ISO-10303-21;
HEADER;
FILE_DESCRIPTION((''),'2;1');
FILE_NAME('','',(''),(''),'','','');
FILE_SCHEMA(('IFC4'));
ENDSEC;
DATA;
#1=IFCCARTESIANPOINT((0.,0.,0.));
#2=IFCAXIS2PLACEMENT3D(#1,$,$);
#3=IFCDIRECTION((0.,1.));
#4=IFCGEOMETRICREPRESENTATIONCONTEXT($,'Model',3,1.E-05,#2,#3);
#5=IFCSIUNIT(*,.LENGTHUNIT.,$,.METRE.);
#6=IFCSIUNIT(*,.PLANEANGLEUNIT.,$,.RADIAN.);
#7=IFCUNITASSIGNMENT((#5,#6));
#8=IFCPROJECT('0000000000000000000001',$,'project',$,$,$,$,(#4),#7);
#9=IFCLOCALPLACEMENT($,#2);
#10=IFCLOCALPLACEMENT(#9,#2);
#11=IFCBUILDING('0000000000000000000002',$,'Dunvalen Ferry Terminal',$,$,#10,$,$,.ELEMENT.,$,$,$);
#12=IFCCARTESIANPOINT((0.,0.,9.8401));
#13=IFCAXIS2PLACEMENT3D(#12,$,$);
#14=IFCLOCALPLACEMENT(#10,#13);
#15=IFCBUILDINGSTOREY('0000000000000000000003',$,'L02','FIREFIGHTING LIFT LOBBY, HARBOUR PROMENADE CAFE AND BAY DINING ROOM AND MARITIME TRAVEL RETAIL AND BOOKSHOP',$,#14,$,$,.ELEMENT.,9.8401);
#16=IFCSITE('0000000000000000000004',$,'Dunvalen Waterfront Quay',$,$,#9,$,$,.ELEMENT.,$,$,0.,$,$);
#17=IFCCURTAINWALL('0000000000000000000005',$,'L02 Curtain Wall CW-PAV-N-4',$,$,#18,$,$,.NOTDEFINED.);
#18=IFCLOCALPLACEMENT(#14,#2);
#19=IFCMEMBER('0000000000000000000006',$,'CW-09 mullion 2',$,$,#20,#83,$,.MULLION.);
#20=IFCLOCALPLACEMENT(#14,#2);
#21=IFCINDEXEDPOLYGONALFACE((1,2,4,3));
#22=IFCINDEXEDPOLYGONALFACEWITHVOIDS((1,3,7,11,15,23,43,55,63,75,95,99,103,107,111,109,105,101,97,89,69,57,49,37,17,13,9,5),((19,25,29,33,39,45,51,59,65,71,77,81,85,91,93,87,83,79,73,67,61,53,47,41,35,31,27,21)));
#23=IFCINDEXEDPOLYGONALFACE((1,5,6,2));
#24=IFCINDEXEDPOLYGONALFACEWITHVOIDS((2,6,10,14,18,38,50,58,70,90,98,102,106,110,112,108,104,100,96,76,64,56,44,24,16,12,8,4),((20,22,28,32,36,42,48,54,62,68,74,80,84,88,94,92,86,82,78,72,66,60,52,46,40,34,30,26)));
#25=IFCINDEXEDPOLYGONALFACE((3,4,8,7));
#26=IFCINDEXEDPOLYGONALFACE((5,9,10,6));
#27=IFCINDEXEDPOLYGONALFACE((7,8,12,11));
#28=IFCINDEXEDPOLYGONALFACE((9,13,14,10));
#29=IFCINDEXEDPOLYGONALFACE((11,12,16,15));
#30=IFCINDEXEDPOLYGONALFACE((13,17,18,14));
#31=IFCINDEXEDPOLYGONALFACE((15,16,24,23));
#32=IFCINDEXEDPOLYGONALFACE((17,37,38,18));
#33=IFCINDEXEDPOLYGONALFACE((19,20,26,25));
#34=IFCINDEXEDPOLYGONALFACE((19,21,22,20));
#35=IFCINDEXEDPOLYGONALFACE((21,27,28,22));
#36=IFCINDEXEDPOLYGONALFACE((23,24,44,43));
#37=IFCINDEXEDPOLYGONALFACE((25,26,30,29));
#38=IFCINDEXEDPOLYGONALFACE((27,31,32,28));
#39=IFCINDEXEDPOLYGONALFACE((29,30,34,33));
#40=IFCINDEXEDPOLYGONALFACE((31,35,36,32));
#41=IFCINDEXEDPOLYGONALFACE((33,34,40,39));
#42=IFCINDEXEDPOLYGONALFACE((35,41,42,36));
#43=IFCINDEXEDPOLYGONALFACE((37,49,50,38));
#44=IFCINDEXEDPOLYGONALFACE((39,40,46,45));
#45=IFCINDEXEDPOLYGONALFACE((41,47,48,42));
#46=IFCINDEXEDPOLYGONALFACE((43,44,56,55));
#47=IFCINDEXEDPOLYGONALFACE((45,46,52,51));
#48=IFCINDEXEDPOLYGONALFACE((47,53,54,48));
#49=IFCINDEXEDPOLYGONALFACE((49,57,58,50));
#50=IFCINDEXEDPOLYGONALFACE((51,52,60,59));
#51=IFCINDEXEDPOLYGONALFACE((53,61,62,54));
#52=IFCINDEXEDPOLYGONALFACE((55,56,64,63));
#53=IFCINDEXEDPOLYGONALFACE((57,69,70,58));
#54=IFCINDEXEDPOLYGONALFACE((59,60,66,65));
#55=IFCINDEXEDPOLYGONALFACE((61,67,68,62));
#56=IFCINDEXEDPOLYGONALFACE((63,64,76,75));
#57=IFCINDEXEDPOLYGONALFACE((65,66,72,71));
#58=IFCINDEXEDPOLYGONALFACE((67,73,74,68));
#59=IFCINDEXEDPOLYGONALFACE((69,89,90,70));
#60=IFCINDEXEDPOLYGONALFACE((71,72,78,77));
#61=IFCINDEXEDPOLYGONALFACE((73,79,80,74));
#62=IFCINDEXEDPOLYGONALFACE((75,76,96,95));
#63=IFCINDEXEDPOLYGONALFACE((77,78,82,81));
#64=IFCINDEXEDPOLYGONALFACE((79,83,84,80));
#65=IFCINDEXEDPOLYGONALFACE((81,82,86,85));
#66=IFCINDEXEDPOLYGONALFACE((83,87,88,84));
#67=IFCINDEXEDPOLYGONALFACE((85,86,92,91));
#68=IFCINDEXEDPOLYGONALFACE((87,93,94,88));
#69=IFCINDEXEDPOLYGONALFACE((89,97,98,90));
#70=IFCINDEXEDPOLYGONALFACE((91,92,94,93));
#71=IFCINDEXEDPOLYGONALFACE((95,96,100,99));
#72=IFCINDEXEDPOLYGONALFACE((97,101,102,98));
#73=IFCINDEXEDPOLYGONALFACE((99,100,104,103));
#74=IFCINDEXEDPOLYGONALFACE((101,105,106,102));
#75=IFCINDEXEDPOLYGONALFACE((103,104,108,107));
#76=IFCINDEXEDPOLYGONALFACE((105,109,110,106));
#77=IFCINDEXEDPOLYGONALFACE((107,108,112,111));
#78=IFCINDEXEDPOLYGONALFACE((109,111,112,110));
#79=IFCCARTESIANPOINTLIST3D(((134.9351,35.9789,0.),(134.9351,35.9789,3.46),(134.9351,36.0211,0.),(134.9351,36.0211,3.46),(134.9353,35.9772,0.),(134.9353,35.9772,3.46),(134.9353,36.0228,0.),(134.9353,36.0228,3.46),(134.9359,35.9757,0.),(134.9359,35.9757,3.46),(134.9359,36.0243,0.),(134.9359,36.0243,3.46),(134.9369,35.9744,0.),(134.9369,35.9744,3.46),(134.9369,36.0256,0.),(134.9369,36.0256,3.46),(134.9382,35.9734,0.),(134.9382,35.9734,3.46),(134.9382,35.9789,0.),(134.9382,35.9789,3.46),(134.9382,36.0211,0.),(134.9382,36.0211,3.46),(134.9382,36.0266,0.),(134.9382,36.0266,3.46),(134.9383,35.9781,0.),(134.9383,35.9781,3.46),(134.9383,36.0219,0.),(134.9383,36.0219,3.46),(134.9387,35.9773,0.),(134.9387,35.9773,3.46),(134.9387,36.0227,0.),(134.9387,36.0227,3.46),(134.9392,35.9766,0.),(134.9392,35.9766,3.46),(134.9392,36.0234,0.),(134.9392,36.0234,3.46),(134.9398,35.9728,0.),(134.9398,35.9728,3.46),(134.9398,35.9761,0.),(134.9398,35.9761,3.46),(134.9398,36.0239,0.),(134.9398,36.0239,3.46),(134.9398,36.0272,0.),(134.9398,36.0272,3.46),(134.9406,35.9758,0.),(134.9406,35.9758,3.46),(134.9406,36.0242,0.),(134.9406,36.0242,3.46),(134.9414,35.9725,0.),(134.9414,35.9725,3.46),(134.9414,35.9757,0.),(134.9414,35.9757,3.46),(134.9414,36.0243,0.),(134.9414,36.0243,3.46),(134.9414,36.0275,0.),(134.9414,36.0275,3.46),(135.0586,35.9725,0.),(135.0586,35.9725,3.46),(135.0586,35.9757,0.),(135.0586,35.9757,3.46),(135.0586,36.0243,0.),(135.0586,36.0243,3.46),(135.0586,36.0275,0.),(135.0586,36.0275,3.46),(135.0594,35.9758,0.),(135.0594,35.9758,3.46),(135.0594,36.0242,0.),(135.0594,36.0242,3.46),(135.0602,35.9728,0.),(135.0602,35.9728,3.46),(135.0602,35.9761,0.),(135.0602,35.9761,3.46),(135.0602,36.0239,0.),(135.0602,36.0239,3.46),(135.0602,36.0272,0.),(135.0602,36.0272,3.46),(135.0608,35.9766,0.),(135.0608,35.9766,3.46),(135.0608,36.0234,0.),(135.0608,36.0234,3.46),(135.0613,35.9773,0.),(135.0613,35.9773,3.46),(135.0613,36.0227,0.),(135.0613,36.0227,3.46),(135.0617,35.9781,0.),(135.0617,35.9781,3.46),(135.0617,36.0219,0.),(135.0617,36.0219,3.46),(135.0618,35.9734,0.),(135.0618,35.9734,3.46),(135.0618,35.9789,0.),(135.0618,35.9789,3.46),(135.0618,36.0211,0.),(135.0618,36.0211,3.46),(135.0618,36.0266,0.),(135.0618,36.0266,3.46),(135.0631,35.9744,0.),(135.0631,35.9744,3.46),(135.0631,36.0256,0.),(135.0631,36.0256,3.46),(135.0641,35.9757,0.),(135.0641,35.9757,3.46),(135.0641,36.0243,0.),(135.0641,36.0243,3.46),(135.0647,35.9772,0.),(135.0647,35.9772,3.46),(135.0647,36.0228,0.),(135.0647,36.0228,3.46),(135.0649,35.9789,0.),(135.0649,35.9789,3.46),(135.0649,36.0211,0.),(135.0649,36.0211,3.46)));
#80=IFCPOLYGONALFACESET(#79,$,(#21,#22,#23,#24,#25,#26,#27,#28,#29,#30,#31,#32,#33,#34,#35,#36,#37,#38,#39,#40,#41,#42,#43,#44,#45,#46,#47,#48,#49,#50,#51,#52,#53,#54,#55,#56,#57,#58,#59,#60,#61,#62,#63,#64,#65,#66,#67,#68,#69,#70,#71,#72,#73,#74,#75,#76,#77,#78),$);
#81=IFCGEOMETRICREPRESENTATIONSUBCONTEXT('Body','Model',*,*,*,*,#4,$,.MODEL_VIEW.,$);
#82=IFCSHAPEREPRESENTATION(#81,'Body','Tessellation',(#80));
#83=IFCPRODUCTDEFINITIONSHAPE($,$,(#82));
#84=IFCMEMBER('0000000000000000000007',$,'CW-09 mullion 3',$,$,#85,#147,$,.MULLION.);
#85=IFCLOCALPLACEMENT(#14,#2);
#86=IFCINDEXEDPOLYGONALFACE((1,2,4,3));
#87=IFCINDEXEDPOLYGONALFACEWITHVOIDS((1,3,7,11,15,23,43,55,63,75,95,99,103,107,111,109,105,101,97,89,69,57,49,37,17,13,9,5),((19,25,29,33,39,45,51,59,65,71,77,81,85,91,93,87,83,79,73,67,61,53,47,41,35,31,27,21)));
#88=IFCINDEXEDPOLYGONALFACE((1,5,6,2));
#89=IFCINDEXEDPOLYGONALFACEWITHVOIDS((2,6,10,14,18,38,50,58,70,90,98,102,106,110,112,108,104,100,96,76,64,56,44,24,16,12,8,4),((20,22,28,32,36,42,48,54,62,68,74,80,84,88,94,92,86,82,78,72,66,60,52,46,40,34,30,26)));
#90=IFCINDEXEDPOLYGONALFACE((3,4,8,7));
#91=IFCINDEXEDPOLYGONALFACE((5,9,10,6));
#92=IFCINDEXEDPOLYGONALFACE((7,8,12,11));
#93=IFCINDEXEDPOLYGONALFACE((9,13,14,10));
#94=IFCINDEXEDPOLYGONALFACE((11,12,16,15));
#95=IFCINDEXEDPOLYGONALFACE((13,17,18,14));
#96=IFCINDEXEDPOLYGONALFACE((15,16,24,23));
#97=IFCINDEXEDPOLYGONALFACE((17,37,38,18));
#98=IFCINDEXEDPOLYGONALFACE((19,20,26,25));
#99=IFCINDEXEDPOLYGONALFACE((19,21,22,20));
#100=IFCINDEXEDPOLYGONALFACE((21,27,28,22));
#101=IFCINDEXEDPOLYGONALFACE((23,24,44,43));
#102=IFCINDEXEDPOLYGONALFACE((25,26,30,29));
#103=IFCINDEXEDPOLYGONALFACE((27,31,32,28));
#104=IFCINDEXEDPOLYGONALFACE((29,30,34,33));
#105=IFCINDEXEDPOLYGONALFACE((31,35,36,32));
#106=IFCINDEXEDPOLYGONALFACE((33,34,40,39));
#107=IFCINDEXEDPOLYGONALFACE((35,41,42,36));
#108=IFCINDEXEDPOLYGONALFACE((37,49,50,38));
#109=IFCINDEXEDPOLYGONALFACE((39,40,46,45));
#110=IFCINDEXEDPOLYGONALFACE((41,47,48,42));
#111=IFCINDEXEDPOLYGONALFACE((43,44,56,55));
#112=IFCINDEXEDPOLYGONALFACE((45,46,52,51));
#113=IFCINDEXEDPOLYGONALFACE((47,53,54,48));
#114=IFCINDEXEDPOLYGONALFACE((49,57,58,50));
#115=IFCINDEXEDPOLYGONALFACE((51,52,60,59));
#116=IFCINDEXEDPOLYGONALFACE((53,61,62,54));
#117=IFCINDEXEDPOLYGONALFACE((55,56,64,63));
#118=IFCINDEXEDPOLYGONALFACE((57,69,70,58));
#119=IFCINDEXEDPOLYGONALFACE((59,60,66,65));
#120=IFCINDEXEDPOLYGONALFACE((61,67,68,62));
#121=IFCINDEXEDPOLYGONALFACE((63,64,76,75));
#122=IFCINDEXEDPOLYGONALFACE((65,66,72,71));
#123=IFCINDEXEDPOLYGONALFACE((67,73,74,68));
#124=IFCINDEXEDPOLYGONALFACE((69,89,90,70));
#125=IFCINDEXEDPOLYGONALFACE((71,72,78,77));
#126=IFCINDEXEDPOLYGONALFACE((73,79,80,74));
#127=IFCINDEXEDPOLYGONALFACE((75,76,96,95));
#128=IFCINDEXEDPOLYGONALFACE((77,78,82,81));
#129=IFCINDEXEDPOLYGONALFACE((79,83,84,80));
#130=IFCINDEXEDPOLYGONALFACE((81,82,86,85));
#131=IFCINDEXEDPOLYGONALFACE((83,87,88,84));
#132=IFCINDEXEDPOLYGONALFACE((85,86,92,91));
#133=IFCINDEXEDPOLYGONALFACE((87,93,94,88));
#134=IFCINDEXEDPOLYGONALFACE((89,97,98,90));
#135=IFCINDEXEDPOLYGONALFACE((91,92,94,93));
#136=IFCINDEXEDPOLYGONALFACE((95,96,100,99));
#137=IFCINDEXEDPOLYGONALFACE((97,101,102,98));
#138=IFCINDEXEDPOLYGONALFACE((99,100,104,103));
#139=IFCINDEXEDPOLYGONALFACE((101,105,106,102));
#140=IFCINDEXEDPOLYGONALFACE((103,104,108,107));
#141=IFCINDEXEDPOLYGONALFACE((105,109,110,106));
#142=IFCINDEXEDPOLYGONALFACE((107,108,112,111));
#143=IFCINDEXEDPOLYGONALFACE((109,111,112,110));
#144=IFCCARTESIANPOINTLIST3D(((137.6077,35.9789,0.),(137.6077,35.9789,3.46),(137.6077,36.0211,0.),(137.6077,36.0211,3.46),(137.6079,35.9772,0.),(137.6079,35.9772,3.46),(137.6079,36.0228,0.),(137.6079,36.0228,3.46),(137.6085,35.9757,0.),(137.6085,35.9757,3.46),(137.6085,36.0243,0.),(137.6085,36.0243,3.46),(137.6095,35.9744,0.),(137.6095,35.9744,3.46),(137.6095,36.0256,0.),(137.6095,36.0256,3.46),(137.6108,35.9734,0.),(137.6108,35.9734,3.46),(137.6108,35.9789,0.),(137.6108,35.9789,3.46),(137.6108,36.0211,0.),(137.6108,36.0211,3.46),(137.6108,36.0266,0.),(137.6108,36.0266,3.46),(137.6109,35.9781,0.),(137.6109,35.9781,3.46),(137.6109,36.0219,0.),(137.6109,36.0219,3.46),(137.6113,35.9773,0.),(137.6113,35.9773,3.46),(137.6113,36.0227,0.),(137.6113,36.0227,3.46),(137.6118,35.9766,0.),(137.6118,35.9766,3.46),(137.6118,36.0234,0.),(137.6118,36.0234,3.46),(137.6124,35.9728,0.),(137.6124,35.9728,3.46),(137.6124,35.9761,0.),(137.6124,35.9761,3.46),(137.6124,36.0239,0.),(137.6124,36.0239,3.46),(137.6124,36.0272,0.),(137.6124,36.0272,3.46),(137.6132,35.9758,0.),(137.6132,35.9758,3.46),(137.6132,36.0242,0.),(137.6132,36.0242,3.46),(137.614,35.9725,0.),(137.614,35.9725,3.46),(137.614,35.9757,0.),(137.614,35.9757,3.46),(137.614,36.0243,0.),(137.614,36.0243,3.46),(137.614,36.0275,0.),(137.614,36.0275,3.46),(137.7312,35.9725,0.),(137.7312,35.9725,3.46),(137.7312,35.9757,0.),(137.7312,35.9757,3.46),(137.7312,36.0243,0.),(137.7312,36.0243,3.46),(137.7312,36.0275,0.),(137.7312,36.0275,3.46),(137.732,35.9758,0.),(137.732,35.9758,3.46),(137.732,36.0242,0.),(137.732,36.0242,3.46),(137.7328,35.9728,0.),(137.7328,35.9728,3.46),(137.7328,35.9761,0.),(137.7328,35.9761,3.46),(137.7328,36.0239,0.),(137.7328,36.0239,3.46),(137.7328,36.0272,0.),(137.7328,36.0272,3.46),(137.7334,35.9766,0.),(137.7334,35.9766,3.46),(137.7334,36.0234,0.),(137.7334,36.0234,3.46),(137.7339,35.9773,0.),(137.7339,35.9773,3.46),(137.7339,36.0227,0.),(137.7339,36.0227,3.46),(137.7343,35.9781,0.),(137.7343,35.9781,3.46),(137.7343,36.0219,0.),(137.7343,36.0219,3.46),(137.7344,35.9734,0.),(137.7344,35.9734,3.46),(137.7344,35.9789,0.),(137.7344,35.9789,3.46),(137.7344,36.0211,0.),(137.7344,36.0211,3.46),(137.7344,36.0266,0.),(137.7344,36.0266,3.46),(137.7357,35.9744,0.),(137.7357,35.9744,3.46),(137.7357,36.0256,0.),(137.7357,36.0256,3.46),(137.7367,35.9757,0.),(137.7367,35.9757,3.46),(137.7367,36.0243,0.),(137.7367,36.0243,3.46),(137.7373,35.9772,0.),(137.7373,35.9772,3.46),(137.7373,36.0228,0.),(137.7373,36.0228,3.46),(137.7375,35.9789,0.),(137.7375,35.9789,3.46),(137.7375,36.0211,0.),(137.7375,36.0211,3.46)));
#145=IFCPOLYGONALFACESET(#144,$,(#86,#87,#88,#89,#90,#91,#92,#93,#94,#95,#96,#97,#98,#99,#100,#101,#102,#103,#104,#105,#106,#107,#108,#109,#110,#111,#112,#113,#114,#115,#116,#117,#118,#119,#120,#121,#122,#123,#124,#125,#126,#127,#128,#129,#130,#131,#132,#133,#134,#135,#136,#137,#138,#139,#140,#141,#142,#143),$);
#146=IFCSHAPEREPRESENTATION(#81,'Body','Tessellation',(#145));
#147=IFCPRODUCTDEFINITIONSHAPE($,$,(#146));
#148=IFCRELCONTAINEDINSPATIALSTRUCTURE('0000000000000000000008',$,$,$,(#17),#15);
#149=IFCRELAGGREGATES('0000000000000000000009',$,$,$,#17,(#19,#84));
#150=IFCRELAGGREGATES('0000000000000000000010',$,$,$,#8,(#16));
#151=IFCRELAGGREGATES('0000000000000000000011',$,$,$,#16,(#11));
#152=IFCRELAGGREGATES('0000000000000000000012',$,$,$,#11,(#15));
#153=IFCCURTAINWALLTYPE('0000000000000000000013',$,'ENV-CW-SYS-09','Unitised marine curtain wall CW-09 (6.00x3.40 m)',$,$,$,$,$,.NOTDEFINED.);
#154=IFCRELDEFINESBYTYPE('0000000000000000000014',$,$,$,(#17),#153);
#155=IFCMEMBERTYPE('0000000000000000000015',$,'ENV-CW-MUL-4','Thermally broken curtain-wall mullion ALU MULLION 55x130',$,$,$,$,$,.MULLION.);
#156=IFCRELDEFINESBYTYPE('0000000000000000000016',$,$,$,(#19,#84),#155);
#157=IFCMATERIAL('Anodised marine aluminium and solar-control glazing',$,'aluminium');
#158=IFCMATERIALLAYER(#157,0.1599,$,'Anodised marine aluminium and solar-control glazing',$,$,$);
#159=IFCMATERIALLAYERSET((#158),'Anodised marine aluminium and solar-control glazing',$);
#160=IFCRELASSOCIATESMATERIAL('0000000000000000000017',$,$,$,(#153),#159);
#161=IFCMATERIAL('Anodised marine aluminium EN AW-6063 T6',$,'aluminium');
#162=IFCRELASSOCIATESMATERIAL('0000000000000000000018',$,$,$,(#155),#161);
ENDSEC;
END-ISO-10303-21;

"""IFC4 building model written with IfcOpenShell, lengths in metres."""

from ifc_helpers import new_model, si_unit, direction, frame, origin, origin_2d, place, context, subcontext, project, spatial, hollow_rectangle, extrude, material, layer, layer_set, material_profile, profile_set, type_object, element, aggregate, save


model = new_model("IFC4")

# Units and contexts
model_context = context("Model", 3, precision=1e-05, world=origin(), true_north=direction((0.0, 1.0)))
body_context = subcontext(model_context, "Body", "Model", "MODEL_VIEW")
ifc_project = project(units=[si_unit("LENGTHUNIT", "METRE"), si_unit("PLANEANGLEUNIT", "RADIAN")], contexts=[model_context])

# Site, building, storey
site_placement = place(None, origin())
site = spatial("IfcSite", under=ifc_project, at=site_placement, Name="Dunvalen Waterfront Quay", CompositionType="ELEMENT", RefElevation=0.0)
building_placement = place(site_placement, origin())
building = spatial("IfcBuilding", under=site, at=building_placement, Name="Dunvalen Ferry Terminal", CompositionType="ELEMENT")
storey_placement = place(building_placement, frame((0.0, 0.0, 9.8401)))
storey = spatial("IfcBuildingStorey", under=building, at=storey_placement, Name="L02", Description="FIREFIGHTING LIFT LOBBY, HARBOUR PROMENADE CAFE AND BAY DINING ROOM AND MARITIME TRAVEL RETAIL AND BOOKSHOP", CompositionType="ELEMENT", Elevation=9.8401)

# Shared definitions
ifc_material_1 = material(Name="Anodised marine aluminium and solar-control glazing", Category="aluminium")
ifc_layer_1 = layer(ifc_material_1, 0.1599, Name="Anodised marine aluminium and solar-control glazing")
ifc_layer_set_1 = layer_set([ifc_layer_1], Name="Anodised marine aluminium and solar-control glazing")
curtain_wall_type = type_object("IfcCurtainWallType", Name="ENV-CW-SYS-09", Description="Unitised marine curtain wall CW-09 (6.00x3.40 m)", PredefinedType="NOTDEFINED", material=ifc_layer_set_1)
ifc_material_2 = material(Name="Anodised marine aluminium EN AW-6063 T6", Category="aluminium")
ifc_material_profile_1 = material_profile(ifc_material_2, hollow_rectangle(XDim=0.0549, YDim=0.1299, WallThickness=0.0032, InnerFilletRadius=0.0032, OuterFilletRadius=0.0063, at=origin_2d()), Name="Anodised marine aluminium EN AW-6063 T6")
ifc_profile_set_1 = profile_set([ifc_material_profile_1], Name="Anodised marine aluminium EN AW-6063 T6")
member_type_1 = type_object("IfcMemberType", Name="ENV-CW-MUL-4", Description="Thermally broken curtain-wall mullion ALU MULLION 55x130", PredefinedType="MULLION", material=ifc_profile_set_1)

# Curtain wall, members
curtain_wall_1_placement = place(storey_placement, origin())
curtain_wall_1 = element("IfcCurtainWall", 1, at=curtain_wall_1_placement, inside=storey, type_object=curtain_wall_type, Name="L02 Curtain Wall CW-PAV-N-4", PredefinedType="NOTDEFINED")
member_1_placement = place(storey_placement, frame((135.0, 36.0, 0.0), z_axis=(0.0, 0.0, 1.0), x_axis=(0.0, 1.0, 0.0)))
member_1 = element("IfcMember", 2, at=member_1_placement, type_object=member_type_1, Name="CW-09 mullion 2", PredefinedType="MULLION", context=body_context, shape_type="SweptSolid", body=[
    extrude(hollow_rectangle(XDim=0.0549, YDim=0.1299, WallThickness=0.0032, InnerFilletRadius=0.0032, OuterFilletRadius=0.0063, at=origin_2d()), origin(), (0.0, 0.0, 1.0), 3.46),
])
member_2_placement = place(storey_placement, frame((137.6726, 36.0, 0.0), z_axis=(0.0, 0.0, 1.0), x_axis=(0.0, 1.0, 0.0)))
member_2 = element("IfcMember", 3, at=member_2_placement, type_object=member_type_1, Name="CW-09 mullion 3", PredefinedType="MULLION", context=body_context, shape_type="SweptSolid", body=[
    extrude(hollow_rectangle(XDim=0.0549, YDim=0.1299, WallThickness=0.0032, InnerFilletRadius=0.0032, OuterFilletRadius=0.0063, at=origin_2d()), origin(), (0.0, 0.0, 1.0), 3.46),
])

aggregate(curtain_wall_1, [member_1, member_2])

save(model, "model.ifc")
